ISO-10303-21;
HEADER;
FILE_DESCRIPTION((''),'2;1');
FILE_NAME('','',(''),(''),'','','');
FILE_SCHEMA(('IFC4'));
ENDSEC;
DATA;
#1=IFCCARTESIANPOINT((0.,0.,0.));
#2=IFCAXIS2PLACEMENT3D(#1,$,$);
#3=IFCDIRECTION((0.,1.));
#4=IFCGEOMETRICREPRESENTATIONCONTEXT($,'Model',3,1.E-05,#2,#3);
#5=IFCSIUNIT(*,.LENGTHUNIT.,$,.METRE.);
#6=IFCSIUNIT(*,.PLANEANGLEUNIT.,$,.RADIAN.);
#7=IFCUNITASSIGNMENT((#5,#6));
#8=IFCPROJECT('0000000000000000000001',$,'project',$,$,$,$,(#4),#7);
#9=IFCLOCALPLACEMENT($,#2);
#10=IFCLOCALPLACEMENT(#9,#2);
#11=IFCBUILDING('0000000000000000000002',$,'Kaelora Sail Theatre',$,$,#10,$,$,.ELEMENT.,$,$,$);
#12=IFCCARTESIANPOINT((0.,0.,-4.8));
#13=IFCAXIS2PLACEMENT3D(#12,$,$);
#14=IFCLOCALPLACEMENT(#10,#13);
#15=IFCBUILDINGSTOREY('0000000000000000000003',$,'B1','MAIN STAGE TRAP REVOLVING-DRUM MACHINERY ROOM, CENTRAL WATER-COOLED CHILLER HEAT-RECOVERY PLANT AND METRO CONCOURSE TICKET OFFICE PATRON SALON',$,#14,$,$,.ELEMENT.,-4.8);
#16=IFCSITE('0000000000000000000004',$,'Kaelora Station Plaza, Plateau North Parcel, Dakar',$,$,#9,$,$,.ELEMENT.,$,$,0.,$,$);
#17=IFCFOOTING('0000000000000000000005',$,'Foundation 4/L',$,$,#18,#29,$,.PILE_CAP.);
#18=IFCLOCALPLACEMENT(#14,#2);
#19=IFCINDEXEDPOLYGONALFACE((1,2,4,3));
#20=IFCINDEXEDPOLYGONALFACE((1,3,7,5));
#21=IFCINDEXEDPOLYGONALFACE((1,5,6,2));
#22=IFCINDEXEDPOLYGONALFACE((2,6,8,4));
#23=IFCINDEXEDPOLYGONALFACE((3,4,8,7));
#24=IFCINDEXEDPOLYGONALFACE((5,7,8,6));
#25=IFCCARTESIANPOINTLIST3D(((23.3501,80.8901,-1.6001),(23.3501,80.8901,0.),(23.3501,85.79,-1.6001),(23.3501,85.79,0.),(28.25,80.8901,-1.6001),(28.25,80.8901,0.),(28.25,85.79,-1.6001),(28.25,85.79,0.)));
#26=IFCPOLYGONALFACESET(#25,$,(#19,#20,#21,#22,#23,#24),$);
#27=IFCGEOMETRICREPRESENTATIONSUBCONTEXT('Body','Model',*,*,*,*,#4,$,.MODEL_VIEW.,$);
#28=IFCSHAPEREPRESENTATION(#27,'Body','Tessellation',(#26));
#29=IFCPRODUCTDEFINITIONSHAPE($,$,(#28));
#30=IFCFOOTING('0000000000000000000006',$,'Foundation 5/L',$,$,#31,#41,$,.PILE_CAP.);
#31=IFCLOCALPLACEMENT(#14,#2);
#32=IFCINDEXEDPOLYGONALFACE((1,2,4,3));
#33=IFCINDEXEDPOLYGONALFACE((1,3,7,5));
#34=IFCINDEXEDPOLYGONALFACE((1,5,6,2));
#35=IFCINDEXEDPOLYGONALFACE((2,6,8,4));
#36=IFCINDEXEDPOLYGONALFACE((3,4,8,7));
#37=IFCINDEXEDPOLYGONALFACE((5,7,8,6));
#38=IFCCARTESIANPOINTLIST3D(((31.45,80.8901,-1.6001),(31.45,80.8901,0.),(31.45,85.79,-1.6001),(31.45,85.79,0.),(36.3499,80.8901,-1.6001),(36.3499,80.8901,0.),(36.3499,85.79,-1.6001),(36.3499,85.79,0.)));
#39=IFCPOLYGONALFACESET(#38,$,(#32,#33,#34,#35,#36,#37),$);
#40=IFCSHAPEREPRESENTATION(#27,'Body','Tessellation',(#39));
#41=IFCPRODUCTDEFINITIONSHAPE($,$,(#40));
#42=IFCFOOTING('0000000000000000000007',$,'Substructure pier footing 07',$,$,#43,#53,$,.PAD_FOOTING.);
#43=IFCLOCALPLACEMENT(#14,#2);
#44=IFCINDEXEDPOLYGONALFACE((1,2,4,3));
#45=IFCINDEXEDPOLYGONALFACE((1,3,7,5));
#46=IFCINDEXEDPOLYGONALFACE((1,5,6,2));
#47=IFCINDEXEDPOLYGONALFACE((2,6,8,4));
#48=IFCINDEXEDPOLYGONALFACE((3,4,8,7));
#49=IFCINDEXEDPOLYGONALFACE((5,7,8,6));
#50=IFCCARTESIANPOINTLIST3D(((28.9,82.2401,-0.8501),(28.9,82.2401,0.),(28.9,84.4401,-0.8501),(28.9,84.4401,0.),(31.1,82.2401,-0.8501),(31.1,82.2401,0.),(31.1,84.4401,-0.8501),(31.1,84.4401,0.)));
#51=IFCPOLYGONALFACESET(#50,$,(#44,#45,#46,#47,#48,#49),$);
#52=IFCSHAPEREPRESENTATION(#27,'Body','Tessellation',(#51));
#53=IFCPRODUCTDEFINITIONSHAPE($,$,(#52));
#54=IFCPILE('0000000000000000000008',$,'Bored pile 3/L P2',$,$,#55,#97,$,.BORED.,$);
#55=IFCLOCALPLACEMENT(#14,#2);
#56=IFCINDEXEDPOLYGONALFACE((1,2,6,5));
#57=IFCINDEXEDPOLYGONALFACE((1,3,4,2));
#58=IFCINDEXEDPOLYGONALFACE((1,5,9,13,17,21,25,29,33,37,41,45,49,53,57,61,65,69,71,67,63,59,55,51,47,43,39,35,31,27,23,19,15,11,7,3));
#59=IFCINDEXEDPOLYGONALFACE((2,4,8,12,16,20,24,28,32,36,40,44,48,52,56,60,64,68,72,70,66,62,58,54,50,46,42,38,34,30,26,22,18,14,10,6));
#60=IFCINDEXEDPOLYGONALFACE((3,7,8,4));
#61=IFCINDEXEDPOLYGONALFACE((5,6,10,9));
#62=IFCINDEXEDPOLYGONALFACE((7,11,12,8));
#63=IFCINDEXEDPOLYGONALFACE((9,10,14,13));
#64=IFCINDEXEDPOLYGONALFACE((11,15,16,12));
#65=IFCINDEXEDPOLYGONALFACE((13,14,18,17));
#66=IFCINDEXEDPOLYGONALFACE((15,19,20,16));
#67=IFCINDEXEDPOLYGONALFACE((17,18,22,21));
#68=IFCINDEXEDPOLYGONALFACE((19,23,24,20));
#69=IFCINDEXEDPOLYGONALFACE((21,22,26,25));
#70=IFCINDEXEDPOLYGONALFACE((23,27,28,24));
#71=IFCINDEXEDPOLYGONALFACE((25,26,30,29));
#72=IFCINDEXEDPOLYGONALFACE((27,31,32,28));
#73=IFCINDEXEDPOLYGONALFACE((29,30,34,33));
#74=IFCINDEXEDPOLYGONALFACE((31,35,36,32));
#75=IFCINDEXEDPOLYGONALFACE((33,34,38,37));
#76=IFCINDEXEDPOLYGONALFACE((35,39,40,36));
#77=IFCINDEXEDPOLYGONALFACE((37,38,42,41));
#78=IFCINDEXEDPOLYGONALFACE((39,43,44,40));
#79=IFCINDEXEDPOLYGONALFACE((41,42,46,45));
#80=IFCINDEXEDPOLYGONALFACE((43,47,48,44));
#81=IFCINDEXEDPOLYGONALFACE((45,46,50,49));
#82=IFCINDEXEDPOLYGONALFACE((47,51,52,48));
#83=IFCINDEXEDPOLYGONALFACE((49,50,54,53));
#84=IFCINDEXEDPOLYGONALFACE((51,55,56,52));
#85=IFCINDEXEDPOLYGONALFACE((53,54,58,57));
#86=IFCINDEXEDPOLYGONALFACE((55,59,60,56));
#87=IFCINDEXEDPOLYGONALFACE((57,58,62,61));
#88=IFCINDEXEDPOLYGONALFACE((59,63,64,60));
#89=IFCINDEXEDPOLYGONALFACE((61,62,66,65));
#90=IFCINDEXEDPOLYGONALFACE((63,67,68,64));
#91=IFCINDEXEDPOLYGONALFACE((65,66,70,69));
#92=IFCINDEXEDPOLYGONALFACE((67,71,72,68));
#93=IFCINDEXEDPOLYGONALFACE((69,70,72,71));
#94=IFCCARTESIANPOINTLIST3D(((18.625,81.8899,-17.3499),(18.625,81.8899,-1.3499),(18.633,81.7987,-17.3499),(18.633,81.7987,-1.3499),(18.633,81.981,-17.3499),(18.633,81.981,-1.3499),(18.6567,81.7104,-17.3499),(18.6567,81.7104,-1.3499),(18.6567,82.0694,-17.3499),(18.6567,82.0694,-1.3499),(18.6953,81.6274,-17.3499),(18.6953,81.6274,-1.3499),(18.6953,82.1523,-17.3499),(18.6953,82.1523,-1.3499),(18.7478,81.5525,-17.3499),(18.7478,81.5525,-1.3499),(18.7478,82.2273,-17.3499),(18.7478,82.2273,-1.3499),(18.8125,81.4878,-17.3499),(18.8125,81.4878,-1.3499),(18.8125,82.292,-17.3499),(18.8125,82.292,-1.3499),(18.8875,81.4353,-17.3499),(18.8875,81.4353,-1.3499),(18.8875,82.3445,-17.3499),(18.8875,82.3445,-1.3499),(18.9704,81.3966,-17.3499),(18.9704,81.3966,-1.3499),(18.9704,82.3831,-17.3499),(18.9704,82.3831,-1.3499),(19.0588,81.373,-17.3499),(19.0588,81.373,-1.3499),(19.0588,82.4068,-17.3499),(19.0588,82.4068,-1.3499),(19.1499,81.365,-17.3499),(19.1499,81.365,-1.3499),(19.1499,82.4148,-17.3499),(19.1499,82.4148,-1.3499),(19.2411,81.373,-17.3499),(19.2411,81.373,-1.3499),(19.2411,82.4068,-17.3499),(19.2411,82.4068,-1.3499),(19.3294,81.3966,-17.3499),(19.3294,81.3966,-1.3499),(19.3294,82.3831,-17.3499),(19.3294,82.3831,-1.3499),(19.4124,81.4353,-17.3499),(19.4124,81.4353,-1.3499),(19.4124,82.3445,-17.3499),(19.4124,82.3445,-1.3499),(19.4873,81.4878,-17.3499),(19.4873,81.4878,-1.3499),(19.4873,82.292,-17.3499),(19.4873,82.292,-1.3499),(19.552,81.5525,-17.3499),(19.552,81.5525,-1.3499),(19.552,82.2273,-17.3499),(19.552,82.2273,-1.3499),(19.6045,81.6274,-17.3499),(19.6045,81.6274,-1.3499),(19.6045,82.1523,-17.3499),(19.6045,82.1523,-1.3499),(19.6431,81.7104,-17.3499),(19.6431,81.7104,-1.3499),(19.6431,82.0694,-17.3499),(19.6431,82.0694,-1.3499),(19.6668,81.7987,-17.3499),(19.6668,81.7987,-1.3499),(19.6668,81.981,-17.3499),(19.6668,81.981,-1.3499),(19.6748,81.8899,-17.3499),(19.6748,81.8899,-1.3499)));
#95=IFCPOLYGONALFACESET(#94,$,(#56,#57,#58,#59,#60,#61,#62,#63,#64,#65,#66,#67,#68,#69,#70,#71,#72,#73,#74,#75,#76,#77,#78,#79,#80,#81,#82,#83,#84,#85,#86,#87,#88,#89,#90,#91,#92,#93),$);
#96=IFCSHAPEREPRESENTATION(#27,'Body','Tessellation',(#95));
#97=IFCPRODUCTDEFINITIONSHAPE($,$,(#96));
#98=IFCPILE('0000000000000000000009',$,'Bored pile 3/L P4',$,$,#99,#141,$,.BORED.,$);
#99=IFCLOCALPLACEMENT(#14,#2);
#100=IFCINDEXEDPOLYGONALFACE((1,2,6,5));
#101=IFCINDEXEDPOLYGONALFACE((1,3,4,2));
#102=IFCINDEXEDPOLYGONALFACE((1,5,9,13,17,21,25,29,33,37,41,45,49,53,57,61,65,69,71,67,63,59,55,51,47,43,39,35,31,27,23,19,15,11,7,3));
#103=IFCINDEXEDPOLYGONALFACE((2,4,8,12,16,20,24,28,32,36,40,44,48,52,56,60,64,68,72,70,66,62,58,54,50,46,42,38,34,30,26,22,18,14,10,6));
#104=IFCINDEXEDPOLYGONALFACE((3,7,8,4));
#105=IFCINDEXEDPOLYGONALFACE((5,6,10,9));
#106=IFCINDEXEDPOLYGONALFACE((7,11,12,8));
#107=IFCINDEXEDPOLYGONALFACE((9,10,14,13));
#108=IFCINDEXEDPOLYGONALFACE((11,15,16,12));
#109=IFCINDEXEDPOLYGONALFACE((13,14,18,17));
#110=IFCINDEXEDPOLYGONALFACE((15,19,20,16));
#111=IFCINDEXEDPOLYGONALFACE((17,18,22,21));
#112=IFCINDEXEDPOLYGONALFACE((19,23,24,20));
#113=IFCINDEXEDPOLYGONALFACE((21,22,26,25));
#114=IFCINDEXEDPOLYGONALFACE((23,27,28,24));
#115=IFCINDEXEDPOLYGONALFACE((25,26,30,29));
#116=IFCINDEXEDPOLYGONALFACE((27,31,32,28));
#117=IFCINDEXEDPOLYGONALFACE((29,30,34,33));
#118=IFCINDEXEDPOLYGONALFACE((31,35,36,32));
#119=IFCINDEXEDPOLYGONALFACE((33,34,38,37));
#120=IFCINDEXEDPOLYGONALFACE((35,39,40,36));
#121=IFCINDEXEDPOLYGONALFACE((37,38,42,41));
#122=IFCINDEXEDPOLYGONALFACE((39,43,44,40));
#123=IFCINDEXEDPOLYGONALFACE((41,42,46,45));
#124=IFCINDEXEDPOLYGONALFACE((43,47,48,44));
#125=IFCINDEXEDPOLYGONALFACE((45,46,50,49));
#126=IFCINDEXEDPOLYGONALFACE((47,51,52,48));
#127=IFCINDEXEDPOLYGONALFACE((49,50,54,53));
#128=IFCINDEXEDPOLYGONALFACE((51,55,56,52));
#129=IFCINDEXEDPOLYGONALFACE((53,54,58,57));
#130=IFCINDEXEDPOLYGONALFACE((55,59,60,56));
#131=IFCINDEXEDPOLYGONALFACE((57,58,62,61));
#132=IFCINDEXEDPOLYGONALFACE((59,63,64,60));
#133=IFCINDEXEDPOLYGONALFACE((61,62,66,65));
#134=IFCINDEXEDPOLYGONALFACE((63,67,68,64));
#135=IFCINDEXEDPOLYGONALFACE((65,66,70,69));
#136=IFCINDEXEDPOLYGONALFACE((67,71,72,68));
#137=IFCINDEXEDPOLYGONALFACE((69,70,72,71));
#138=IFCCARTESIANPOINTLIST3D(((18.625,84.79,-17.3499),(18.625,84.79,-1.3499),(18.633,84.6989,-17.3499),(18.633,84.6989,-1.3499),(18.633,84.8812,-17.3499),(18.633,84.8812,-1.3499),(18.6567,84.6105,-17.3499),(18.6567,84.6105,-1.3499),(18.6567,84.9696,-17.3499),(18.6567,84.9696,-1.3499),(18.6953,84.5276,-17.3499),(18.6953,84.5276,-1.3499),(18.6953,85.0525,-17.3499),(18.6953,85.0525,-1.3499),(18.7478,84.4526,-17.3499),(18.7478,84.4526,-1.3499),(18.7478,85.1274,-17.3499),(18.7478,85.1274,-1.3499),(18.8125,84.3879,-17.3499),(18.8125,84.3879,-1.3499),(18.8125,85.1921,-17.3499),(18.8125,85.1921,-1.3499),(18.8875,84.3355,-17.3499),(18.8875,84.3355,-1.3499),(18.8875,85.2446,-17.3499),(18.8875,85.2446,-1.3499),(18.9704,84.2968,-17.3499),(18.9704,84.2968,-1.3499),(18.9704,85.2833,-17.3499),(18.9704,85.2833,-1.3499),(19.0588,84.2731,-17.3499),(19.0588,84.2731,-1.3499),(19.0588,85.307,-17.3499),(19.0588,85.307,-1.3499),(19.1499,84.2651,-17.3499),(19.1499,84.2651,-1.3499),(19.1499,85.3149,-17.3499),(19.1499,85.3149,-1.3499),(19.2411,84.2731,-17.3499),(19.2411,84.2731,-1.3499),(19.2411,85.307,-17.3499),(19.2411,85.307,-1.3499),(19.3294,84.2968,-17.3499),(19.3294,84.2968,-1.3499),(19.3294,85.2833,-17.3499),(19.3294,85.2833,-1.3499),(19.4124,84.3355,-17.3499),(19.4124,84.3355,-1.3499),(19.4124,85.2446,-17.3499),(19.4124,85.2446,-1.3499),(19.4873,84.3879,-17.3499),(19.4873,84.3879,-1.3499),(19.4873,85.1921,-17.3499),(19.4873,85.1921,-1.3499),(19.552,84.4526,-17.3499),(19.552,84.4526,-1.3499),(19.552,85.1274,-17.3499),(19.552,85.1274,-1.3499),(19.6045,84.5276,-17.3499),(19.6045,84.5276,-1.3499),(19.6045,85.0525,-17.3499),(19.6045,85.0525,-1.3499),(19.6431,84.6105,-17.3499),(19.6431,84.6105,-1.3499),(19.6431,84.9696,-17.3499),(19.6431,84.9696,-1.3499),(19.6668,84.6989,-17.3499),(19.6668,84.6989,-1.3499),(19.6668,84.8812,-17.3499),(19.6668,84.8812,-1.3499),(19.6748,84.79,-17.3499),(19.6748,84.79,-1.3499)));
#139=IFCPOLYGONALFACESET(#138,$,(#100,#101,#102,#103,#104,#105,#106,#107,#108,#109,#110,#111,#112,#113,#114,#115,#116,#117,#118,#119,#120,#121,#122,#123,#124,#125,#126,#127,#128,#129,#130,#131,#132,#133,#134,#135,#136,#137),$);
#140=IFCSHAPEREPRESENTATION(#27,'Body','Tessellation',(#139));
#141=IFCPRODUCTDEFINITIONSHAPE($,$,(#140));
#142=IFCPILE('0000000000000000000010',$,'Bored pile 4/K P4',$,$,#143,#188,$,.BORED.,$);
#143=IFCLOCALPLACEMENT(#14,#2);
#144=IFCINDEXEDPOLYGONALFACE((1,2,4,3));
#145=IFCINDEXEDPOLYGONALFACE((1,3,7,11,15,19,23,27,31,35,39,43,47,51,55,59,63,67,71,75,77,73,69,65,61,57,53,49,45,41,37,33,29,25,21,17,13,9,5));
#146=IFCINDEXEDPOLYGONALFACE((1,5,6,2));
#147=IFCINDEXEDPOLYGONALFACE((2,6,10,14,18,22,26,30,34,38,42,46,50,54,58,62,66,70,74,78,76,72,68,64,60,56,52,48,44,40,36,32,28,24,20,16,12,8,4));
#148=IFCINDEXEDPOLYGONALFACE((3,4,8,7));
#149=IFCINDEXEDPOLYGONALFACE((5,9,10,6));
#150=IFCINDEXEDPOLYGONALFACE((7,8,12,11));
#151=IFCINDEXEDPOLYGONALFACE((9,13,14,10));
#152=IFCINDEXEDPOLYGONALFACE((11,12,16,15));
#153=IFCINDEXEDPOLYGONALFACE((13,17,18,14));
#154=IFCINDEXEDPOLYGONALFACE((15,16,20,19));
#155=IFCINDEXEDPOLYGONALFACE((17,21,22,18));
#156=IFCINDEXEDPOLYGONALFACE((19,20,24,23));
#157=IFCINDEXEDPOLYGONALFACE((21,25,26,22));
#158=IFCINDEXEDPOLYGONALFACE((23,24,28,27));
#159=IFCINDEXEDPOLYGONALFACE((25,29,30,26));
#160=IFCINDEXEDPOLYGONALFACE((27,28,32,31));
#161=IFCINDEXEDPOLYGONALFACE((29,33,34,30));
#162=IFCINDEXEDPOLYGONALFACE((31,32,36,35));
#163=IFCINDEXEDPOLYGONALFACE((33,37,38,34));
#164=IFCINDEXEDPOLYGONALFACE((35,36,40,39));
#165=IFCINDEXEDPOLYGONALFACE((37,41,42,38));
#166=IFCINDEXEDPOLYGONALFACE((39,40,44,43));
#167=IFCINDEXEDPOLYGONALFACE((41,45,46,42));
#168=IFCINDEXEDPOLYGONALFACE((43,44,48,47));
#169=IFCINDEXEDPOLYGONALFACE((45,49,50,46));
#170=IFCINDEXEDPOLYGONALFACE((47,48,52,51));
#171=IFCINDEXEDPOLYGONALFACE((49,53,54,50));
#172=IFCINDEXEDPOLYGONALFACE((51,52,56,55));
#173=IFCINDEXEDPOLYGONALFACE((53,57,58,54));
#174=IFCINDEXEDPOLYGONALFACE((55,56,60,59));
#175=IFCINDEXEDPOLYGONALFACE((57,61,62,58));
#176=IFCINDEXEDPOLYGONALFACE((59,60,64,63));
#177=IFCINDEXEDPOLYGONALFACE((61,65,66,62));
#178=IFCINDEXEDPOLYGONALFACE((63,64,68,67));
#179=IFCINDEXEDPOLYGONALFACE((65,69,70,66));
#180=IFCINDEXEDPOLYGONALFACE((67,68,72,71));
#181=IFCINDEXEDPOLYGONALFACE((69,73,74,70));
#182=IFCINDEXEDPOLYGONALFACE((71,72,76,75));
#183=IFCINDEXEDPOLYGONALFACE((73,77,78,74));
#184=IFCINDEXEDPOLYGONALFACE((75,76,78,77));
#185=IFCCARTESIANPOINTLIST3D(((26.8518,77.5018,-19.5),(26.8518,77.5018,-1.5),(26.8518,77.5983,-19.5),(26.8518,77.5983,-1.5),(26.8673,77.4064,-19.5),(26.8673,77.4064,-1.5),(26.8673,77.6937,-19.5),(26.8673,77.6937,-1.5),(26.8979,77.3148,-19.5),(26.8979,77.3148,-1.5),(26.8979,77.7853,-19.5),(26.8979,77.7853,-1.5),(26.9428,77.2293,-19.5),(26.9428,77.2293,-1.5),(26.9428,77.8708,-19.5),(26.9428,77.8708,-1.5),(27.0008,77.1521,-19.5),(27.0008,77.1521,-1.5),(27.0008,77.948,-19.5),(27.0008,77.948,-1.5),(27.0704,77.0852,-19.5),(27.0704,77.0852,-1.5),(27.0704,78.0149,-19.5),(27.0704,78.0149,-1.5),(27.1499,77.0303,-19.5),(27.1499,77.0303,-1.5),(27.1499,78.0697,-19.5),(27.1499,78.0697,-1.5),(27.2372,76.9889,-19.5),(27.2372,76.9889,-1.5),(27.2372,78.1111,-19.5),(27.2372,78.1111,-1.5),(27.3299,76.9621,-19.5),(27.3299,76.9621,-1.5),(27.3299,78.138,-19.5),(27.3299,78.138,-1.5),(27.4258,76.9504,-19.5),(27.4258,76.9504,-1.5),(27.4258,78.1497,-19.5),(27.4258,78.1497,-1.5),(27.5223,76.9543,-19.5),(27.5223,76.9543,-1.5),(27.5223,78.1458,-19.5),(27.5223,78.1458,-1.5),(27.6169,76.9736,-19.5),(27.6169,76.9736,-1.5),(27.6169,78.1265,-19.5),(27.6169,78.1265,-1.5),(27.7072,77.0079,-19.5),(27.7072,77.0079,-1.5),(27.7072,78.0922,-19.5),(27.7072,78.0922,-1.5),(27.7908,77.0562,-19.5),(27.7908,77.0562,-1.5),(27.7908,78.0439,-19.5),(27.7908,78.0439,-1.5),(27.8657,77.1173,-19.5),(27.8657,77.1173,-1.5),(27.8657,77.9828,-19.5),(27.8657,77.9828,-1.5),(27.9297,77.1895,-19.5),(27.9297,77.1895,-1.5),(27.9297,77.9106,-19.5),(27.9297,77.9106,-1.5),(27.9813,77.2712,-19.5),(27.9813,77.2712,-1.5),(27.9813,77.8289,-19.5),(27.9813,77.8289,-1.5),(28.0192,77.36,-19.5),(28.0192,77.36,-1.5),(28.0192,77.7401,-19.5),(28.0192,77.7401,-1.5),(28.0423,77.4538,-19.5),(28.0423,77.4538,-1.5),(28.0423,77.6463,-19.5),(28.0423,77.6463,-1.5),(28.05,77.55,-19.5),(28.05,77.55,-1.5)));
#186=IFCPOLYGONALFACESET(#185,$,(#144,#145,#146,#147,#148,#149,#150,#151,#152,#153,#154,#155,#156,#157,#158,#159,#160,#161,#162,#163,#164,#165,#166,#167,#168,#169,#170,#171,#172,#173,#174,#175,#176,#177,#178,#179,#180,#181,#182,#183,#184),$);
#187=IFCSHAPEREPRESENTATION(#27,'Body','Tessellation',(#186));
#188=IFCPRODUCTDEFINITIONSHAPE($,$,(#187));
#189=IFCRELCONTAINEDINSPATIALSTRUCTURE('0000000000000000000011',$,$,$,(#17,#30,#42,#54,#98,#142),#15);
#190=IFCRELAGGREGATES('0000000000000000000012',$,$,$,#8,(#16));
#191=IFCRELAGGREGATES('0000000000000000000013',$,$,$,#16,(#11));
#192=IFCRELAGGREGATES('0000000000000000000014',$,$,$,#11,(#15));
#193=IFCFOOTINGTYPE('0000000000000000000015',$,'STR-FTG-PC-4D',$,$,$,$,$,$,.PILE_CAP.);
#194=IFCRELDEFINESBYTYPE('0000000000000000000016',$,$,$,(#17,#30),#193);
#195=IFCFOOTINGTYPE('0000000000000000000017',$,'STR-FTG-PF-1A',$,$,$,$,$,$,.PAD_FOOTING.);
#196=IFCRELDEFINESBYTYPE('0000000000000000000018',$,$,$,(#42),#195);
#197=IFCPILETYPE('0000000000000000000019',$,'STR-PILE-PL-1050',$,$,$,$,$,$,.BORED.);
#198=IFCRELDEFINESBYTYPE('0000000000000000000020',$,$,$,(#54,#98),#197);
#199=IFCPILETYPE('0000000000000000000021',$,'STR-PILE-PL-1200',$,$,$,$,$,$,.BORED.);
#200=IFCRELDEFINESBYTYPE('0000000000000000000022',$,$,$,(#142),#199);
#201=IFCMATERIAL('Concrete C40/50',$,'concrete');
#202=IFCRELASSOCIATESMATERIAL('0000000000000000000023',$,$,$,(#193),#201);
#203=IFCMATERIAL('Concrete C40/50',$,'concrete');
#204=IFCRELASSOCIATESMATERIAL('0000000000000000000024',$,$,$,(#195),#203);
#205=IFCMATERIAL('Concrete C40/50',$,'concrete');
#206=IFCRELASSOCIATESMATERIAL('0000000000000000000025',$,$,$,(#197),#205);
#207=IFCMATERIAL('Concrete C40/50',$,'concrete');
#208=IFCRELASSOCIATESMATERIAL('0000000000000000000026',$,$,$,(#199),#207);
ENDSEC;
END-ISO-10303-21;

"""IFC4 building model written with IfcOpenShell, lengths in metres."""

from ifc_helpers import new_model, si_unit, direction, frame, origin, origin_2d, place, context, subcontext, project, spatial, rectangle, circle, extrude, material, material_profile, profile_set, type_object, element, save


model = new_model("IFC4")

# Units and contexts
model_context = context("Model", 3, precision=1e-05, world=origin(), true_north=direction((0.0, 1.0)))
body_context = subcontext(model_context, "Body", "Model", "MODEL_VIEW")
ifc_project = project(units=[si_unit("LENGTHUNIT", "METRE"), si_unit("PLANEANGLEUNIT", "RADIAN")], contexts=[model_context])

# Site, building, storey
site_placement = place(None, origin())
site = spatial("IfcSite", under=ifc_project, at=site_placement, Name="Kaelora Station Plaza, Plateau North Parcel, Dakar", CompositionType="ELEMENT", RefElevation=0.0)
building_placement = place(site_placement, origin())
building = spatial("IfcBuilding", under=site, at=building_placement, Name="Kaelora Sail Theatre", CompositionType="ELEMENT")
storey_placement = place(building_placement, frame((0.0, 0.0, -4.8)))
storey = spatial("IfcBuildingStorey", under=building, at=storey_placement, Name="B1", Description="MAIN STAGE TRAP REVOLVING-DRUM MACHINERY ROOM, CENTRAL WATER-COOLED CHILLER HEAT-RECOVERY PLANT AND METRO CONCOURSE TICKET OFFICE PATRON SALON", CompositionType="ELEMENT", Elevation=-4.8)

# Footings
ifc_material_1 = material(Name="Concrete C40/50", Category="concrete")
footing_type_1 = type_object("IfcFootingType", Name="STR-FTG-PC-4D", PredefinedType="PILE_CAP", material=ifc_material_1)
for number, where, z_axis, x_axis, name in (
    (1, (25.8, 83.3401, -1.6001), (0.0, 0.0, 1.0), (1.0, 0.0, 0.0), "Foundation 4/L"),
    (2, (33.8999, 83.3401, -1.6001), (0.0, 0.0, 1.0), (1.0, 0.0, 0.0), "Foundation 5/L"),
):
    element("IfcFooting", number, at=place(storey_placement, frame(where, z_axis=z_axis, x_axis=x_axis)), inside=storey, type_object=footing_type_1, Name=name, PredefinedType="PILE_CAP", context=body_context, shape_type="SweptSolid", body=[
        extrude(rectangle(XDim=4.8999, YDim=4.8999, at=origin_2d()), origin(), (0.0, 0.0, 1.0), 1.6001),
    ])
ifc_material_2 = material(Name="Concrete C40/50", Category="concrete")
footing_type_2 = type_object("IfcFootingType", Name="STR-FTG-PF-1A", PredefinedType="PAD_FOOTING", material=ifc_material_2)
footing_placement = place(storey_placement, frame((30.0, 83.3401, -0.8501), z_axis=(0.0, 0.0, 1.0), x_axis=(1.0, 0.0, 0.0)))
element("IfcFooting", 3, at=footing_placement, inside=storey, type_object=footing_type_2, Name="Substructure pier footing 07", PredefinedType="PAD_FOOTING", context=body_context, shape_type="SweptSolid", body=[
    extrude(rectangle(XDim=2.2, YDim=2.2, at=origin_2d()), origin(), (0.0, 0.0, 1.0), 0.8501),
])

# Piles
ifc_material_3 = material(Name="Concrete C40/50", Category="concrete")
ifc_material_profile_1 = material_profile(ifc_material_3, circle(Radius=0.5249, at=origin_2d()), Name="PILE D1050")
ifc_profile_set_1 = profile_set([ifc_material_profile_1], Name="Concrete C40/50")
pile_type_1 = type_object("IfcPileType", Name="STR-PILE-PL-1050", PredefinedType="BORED", material=ifc_profile_set_1)
for number, where, z_axis, x_axis, name in (
    (4, (19.1499, 81.8899, -1.3499), (0.0, 0.0, -1.0), (1.0, 0.0, 0.0), "Bored pile 3/L P2"),
    (5, (19.1499, 84.79, -1.3499), (0.0, 0.0, -1.0), (1.0, 0.0, 0.0), "Bored pile 3/L P4"),
):
    element("IfcPile", number, at=place(storey_placement, frame(where, z_axis=z_axis, x_axis=x_axis)), inside=storey, type_object=pile_type_1, Name=name, PredefinedType="BORED", context=body_context, shape_type="SweptSolid", body=[
        extrude(circle(Radius=0.5249, at=origin_2d()), origin(), (0.0, 0.0, 1.0), 16.0),
    ])
ifc_material_4 = material(Name="Concrete C40/50", Category="concrete")
ifc_material_profile_2 = material_profile(ifc_material_4, circle(Radius=0.6001, at=origin_2d()), Name="PILE D1200")
ifc_profile_set_2 = profile_set([ifc_material_profile_2], Name="Concrete C40/50")
pile_type_2 = type_object("IfcPileType", Name="STR-PILE-PL-1200", PredefinedType="BORED", material=ifc_profile_set_2)
for number, where, z_axis, x_axis, name in (
    (6, (27.45, 77.55, -1.5), (0.0, 0.0, -1.0), (1.0, 0.0, 0.0), "Bored pile 4/K P4"),
):
    element("IfcPile", number, at=place(storey_placement, frame(where, z_axis=z_axis, x_axis=x_axis)), inside=storey, type_object=pile_type_2, Name=name, PredefinedType="BORED", context=body_context, shape_type="SweptSolid", body=[
        extrude(circle(Radius=0.6001, at=origin_2d()), origin(), (0.0, 0.0, 1.0), 18.0),
    ])

save(model, "model.ifc")
